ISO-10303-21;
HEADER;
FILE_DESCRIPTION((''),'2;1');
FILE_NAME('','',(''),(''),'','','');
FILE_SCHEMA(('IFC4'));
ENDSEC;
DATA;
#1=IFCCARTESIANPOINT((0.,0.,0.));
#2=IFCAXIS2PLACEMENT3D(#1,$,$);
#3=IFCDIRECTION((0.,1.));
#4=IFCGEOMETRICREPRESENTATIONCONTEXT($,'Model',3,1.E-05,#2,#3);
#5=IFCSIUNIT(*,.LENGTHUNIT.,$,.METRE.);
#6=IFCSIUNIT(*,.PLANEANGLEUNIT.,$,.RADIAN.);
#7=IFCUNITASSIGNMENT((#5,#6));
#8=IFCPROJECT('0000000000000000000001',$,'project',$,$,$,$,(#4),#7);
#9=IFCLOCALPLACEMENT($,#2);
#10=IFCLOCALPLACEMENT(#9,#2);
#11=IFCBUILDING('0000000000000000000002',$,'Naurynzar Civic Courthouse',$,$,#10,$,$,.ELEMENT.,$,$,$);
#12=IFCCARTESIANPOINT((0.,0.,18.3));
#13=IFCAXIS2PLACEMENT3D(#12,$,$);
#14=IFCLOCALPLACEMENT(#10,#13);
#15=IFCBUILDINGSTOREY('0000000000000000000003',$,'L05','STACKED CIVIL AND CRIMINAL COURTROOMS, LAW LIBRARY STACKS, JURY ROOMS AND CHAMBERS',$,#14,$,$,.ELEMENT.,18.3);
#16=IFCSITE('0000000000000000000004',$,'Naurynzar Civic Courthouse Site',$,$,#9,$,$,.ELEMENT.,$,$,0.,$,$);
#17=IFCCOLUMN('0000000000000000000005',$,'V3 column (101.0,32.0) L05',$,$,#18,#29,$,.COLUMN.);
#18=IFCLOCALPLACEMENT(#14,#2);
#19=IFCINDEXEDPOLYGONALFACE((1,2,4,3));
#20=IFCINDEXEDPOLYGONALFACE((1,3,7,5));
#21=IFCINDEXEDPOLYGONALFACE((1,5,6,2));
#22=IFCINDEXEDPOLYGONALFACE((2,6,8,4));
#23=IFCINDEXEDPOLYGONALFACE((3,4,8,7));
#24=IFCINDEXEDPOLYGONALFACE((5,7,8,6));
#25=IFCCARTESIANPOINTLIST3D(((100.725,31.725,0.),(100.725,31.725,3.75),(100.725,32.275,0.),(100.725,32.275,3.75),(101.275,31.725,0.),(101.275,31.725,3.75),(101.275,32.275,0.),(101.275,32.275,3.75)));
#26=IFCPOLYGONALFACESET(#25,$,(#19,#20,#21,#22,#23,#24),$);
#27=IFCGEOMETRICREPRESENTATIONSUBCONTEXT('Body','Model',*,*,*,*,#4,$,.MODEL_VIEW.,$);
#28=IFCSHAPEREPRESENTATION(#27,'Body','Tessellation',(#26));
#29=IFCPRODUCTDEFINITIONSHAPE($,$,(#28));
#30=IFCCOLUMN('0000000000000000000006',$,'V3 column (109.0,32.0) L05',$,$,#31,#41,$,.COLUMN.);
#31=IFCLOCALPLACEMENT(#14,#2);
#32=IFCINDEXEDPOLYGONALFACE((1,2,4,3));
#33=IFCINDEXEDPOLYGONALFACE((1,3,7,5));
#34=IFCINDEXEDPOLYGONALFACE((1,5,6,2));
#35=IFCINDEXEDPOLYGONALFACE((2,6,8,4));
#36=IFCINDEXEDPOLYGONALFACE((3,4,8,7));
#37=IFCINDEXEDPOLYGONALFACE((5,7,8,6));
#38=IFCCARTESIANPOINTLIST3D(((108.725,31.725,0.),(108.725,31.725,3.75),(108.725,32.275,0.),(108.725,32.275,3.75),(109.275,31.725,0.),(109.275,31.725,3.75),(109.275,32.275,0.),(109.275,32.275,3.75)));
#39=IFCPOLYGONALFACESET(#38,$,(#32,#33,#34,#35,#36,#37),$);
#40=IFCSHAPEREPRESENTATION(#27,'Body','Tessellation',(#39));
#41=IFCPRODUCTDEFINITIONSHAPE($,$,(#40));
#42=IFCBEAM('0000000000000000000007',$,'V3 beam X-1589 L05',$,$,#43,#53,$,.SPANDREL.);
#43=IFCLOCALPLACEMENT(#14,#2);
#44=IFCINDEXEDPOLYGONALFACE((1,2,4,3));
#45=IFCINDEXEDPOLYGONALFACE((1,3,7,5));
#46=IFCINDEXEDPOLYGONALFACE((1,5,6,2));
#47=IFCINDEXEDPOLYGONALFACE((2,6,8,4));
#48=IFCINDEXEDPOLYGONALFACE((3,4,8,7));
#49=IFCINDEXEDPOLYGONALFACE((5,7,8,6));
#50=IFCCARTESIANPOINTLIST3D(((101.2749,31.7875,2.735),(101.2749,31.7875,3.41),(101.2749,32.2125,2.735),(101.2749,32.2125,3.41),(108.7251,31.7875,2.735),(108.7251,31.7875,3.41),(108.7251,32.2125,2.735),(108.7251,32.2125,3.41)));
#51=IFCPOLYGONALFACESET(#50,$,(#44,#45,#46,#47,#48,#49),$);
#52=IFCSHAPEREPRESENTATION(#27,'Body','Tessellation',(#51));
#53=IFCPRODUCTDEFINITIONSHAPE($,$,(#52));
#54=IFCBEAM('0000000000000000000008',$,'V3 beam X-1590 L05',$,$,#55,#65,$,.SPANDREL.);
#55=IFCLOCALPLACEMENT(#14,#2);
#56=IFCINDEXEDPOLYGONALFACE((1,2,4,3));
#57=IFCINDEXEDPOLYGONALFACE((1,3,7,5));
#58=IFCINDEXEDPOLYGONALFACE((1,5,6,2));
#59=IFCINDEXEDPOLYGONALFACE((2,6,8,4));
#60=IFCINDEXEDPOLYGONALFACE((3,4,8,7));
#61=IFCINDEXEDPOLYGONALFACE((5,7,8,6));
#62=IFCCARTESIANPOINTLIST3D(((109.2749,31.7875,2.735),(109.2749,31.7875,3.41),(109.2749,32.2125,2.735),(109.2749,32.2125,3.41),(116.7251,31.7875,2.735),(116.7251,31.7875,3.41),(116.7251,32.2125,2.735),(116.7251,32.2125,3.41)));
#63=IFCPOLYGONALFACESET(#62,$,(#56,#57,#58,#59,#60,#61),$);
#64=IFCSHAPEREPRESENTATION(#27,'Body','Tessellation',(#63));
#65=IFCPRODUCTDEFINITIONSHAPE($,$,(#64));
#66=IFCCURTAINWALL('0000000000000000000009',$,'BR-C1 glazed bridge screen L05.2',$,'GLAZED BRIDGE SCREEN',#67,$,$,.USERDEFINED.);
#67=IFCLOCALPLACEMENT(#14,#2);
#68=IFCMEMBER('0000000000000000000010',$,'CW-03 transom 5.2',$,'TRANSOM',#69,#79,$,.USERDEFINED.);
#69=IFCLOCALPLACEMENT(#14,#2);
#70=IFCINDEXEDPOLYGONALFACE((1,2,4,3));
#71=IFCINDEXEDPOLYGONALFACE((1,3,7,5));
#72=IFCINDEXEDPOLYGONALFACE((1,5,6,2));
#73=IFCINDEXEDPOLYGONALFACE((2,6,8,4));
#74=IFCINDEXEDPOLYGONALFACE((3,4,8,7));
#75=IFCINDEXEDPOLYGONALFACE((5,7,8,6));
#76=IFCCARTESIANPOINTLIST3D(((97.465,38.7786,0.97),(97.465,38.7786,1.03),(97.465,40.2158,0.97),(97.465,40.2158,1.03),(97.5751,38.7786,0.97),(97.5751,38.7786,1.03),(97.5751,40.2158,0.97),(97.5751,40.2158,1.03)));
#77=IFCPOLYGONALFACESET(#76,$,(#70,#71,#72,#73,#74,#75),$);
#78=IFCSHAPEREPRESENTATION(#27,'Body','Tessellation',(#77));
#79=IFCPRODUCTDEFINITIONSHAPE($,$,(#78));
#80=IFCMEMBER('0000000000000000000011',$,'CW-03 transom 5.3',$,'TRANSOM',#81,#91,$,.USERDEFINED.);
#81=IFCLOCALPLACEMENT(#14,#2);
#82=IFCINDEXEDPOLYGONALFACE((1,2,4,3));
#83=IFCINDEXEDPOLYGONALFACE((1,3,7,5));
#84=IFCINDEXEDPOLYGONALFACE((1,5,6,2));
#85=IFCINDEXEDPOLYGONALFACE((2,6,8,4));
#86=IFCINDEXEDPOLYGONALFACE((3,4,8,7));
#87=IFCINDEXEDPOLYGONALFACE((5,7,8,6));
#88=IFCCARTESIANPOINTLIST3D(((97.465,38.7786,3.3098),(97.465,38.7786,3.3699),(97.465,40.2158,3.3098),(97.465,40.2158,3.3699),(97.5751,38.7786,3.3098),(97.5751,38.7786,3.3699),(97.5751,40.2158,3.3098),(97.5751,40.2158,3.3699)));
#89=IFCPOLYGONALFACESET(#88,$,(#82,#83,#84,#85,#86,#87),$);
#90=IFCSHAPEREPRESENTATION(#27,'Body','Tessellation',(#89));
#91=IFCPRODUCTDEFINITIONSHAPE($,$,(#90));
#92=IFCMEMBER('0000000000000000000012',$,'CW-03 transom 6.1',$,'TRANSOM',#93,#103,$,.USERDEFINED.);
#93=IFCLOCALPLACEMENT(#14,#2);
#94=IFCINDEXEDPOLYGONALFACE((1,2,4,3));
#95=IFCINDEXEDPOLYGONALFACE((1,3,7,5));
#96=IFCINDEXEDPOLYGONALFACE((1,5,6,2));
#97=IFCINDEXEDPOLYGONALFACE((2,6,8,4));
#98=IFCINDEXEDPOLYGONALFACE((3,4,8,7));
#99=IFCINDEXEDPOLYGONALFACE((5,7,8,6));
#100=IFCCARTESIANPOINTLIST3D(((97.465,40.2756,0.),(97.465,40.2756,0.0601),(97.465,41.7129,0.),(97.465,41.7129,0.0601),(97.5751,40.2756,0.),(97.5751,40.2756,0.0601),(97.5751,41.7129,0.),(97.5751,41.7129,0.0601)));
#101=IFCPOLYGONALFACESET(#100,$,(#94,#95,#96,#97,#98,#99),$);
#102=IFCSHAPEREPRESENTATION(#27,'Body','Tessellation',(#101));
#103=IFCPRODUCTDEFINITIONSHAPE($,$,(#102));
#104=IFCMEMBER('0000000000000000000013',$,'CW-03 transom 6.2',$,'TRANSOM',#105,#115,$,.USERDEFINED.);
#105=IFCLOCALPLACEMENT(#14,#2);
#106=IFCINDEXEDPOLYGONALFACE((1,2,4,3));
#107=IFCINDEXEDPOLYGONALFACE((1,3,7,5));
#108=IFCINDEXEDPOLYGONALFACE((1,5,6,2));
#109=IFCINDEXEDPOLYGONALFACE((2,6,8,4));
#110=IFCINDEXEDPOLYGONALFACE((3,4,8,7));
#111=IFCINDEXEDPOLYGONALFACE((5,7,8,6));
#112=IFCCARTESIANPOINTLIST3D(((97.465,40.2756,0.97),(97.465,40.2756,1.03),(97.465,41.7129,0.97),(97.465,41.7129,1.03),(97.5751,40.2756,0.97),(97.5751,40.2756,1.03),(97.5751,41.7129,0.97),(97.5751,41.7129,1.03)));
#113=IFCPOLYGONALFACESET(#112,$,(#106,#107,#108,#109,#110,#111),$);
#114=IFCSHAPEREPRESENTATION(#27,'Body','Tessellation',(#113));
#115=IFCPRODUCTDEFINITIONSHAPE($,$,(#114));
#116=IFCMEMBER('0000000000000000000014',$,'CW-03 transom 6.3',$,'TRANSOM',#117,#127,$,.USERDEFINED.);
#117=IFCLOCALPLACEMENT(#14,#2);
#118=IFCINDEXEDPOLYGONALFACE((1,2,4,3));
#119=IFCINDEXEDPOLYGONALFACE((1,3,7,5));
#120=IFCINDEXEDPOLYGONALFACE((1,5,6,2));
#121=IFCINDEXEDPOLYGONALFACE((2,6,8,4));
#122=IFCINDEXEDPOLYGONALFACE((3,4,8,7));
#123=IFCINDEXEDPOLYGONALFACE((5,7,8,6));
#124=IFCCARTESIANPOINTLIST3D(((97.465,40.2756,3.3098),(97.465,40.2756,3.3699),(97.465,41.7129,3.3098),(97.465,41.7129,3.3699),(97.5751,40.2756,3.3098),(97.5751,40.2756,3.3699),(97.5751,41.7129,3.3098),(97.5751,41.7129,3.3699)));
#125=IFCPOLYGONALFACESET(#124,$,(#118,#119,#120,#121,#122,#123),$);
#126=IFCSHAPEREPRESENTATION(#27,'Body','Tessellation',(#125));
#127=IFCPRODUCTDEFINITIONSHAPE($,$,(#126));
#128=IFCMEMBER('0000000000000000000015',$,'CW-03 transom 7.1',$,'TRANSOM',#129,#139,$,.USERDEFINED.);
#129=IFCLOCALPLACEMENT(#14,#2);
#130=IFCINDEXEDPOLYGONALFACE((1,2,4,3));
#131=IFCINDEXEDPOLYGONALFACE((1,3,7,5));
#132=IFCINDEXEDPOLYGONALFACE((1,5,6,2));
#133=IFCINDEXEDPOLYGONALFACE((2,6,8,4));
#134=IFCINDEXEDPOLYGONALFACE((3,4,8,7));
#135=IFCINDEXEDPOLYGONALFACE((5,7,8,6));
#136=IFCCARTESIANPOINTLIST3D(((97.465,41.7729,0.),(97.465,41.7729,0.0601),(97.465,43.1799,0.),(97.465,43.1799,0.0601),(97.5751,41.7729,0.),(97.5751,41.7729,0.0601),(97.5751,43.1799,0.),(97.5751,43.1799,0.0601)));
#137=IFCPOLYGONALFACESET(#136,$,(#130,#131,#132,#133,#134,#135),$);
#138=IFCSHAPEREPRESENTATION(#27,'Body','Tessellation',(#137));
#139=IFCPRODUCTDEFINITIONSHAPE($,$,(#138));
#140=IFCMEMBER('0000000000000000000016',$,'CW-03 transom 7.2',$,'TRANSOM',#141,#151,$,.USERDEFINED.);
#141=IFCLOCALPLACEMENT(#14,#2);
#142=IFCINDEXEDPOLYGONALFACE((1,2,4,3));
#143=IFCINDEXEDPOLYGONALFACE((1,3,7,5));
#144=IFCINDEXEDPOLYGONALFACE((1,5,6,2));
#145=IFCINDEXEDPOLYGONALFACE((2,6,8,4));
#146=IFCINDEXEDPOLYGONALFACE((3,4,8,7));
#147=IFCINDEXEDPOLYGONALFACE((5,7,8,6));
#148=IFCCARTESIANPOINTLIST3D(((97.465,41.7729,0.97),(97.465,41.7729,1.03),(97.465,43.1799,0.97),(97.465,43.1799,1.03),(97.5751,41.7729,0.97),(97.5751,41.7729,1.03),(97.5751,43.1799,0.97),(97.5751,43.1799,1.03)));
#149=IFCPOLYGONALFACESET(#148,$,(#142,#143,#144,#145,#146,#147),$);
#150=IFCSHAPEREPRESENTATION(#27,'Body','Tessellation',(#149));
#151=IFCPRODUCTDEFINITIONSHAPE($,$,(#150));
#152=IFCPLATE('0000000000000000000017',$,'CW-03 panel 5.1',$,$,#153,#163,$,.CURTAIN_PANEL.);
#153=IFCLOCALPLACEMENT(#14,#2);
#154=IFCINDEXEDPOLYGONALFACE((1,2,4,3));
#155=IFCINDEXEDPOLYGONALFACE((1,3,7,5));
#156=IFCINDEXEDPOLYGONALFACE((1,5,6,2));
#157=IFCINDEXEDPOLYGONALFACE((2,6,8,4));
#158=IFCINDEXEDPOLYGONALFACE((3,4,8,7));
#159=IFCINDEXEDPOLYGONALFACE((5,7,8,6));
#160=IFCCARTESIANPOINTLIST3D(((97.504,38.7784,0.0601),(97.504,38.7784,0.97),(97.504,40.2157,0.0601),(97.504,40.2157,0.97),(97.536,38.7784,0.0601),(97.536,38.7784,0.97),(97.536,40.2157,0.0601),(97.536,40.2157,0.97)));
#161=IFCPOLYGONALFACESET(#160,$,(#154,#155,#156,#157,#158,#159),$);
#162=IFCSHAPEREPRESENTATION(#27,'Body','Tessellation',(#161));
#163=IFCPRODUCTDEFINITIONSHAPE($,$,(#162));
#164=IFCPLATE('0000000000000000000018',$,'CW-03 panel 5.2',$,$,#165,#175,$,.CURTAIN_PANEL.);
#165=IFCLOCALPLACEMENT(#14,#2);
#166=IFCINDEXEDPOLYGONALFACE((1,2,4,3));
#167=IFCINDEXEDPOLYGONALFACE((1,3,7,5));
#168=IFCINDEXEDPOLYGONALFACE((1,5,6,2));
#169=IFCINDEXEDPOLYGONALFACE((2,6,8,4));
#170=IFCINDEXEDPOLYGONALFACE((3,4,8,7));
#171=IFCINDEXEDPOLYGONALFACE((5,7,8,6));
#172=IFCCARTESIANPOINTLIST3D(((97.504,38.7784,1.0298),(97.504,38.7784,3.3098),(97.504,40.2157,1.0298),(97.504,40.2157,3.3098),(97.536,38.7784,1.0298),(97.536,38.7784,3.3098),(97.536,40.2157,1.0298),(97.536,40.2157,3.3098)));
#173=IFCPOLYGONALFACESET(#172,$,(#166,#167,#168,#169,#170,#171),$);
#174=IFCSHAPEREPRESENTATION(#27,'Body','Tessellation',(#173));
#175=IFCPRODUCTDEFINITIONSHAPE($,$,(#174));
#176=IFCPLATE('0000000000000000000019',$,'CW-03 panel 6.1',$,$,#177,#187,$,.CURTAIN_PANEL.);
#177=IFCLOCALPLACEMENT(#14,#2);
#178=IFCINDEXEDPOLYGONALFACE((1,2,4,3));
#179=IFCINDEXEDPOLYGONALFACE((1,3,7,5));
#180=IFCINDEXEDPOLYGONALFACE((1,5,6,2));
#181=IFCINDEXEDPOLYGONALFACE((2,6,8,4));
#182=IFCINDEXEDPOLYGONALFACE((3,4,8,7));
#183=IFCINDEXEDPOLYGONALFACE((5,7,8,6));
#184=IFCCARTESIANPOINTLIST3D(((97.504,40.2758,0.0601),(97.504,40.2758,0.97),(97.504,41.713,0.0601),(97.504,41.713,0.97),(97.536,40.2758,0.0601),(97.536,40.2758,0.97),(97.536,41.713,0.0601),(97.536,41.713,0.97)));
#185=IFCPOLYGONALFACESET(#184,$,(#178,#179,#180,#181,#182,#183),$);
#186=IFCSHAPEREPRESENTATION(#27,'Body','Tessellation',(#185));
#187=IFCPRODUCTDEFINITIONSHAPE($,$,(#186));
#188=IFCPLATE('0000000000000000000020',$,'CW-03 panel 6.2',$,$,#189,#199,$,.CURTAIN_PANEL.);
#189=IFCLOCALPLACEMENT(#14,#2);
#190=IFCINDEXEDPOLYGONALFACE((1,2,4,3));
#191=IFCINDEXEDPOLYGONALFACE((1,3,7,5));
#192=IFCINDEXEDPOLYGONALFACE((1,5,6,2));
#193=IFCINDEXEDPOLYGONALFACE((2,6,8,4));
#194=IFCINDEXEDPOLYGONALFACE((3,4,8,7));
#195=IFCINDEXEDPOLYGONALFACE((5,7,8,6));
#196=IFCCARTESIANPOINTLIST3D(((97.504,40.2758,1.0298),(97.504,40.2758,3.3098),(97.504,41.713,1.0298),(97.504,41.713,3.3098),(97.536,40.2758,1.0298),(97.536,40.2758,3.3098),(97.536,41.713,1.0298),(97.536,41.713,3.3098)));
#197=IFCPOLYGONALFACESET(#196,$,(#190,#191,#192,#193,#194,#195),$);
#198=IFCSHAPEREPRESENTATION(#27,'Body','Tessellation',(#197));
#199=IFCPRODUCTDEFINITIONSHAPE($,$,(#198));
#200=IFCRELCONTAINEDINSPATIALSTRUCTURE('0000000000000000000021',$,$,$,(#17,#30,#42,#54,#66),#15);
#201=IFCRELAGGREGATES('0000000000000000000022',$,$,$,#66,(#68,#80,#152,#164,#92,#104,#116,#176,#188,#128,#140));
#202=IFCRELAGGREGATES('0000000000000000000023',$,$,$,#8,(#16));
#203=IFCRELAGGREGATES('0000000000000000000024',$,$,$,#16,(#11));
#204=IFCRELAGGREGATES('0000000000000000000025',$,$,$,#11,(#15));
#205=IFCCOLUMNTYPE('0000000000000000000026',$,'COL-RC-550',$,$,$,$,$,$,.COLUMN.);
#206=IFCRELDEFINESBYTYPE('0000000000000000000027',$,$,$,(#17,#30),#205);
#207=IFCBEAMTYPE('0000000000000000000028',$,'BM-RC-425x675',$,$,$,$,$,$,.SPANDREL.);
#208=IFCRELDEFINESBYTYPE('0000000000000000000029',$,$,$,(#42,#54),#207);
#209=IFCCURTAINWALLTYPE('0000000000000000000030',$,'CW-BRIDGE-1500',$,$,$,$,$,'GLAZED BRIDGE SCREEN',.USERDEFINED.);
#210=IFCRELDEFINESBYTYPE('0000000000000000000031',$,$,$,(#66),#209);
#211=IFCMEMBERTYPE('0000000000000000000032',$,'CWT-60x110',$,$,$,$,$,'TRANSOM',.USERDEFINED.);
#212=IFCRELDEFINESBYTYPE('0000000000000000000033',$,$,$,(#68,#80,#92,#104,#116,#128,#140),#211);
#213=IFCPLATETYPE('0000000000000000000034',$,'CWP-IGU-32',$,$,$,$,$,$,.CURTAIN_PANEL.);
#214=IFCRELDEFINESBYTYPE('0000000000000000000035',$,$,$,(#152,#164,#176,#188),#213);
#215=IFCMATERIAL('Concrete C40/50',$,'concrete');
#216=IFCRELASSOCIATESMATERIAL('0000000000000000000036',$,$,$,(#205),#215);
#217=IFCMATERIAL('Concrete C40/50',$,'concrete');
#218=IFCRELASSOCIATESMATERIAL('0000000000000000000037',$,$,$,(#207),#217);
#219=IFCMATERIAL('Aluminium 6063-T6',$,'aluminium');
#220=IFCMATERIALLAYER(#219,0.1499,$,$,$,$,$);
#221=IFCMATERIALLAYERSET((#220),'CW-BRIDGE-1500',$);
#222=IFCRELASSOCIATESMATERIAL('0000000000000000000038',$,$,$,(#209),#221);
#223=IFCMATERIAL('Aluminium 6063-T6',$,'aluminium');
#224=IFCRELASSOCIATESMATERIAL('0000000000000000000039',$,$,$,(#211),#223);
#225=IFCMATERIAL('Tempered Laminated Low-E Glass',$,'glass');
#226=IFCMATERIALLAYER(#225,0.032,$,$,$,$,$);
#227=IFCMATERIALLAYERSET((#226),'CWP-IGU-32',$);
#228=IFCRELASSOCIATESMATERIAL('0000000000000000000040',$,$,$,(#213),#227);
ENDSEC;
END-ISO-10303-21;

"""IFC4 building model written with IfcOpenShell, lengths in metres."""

from ifc_helpers import new_model, si_unit, direction, frame, origin, origin_2d, place, context, subcontext, project, spatial, rectangle, extrude, material, layer, layer_set, material_profile, profile_set, type_object, element, aggregate, save


model = new_model("IFC4")

# Units and contexts
model_context = context("Model", 3, precision=1e-05, world=origin(), true_north=direction((0.0, 1.0)))
body_context = subcontext(model_context, "Body", "Model", "MODEL_VIEW")
ifc_project = project(units=[si_unit("LENGTHUNIT", "METRE"), si_unit("PLANEANGLEUNIT", "RADIAN")], contexts=[model_context])

# Site, building, storey
site_placement = place(None, origin())
site = spatial("IfcSite", under=ifc_project, at=site_placement, Name="Naurynzar Civic Courthouse Site", CompositionType="ELEMENT", RefElevation=0.0)
building_placement = place(site_placement, origin())
building = spatial("IfcBuilding", under=site, at=building_placement, Name="Naurynzar Civic Courthouse", CompositionType="ELEMENT")
storey_placement = place(building_placement, frame((0.0, 0.0, 18.3)))
storey = spatial("IfcBuildingStorey", under=building, at=storey_placement, Name="L05", Description="STACKED CIVIL AND CRIMINAL COURTROOMS, LAW LIBRARY STACKS, JURY ROOMS AND CHAMBERS", CompositionType="ELEMENT", Elevation=18.3)

# Columns
ifc_material_1 = material(Name="Concrete C40/50", Category="concrete")
ifc_material_profile_1 = material_profile(ifc_material_1, rectangle(XDim=0.55, YDim=0.55, at=origin_2d()), Name="RC 550x550")
ifc_profile_set_1 = profile_set([ifc_material_profile_1], Name="Concrete C40/50")
column_type = type_object("IfcColumnType", Name="COL-RC-550", PredefinedType="COLUMN", material=ifc_profile_set_1)
for number, where, z_axis, x_axis, name in (
    (1, (101.0, 32.0, 0.0), (0.0, 0.0, 1.0), (1.0, 0.0, 0.0), "V3 column (101.0,32.0) L05"),
    (2, (109.0, 32.0, 0.0), (0.0, 0.0, 1.0), (1.0, 0.0, 0.0), "V3 column (109.0,32.0) L05"),
):
    element("IfcColumn", number, at=place(storey_placement, frame(where, z_axis=z_axis, x_axis=x_axis)), inside=storey, type_object=column_type, Name=name, PredefinedType="COLUMN", context=body_context, shape_type="SweptSolid", body=[
        extrude(rectangle(XDim=0.55, YDim=0.55, at=origin_2d()), origin(), (0.0, 0.0, 1.0), 3.75),
    ])

# Beams
ifc_material_2 = material(Name="Concrete C40/50", Category="concrete")
ifc_material_profile_2 = material_profile(ifc_material_2, rectangle(XDim=0.425, YDim=0.675, at=origin_2d()), Name="RCB 425x675")
ifc_profile_set_2 = profile_set([ifc_material_profile_2], Name="Concrete C40/50")
beam_type = type_object("IfcBeamType", Name="BM-RC-425x675", PredefinedType="SPANDREL", material=ifc_profile_set_2)
for number, where, z_axis, x_axis, name in (
    (3, (101.2749, 32.0, 3.0725), (1.0, 0.0, 0.0), (0.0, 1.0, 0.0), "V3 beam X-1589 L05"),
    (4, (109.2749, 32.0, 3.0725), (1.0, 0.0, 0.0), (0.0, 1.0, 0.0), "V3 beam X-1590 L05"),
):
    element("IfcBeam", number, at=place(storey_placement, frame(where, z_axis=z_axis, x_axis=x_axis)), inside=storey, type_object=beam_type, Name=name, PredefinedType="SPANDREL", context=body_context, shape_type="SweptSolid", body=[
        extrude(rectangle(XDim=0.425, YDim=0.675, at=origin_2d()), origin(), (0.0, 0.0, 1.0), 7.4502),
    ])

# Curtain wall, members, plates
ifc_material_3 = material(Name="Aluminium 6063-T6", Category="aluminium")
ifc_layer_1 = layer(ifc_material_3, 0.1499)
ifc_layer_set_1 = layer_set([ifc_layer_1], Name="CW-BRIDGE-1500")
curtain_wall_type = type_object("IfcCurtainWallType", Name="CW-BRIDGE-1500", ElementType="GLAZED BRIDGE SCREEN", PredefinedType="USERDEFINED", material=ifc_layer_set_1)
curtain_wall_placement = place(storey_placement, origin())
curtain_wall = element("IfcCurtainWall", 5, at=curtain_wall_placement, inside=storey, type_object=curtain_wall_type, Name="BR-C1 glazed bridge screen L05.2", ObjectType="GLAZED BRIDGE SCREEN", PredefinedType="USERDEFINED")
ifc_material_4 = material(Name="Aluminium 6063-T6", Category="aluminium")
ifc_material_profile_3 = material_profile(ifc_material_4, rectangle(XDim=0.1101, YDim=0.0601, at=origin_2d()), Name="ALU TRANSOM 60x110")
ifc_profile_set_3 = profile_set([ifc_material_profile_3], Name="Aluminium 6063-T6")
member_type = type_object("IfcMemberType", Name="CWT-60x110", ElementType="TRANSOM", PredefinedType="USERDEFINED", material=ifc_profile_set_3)
member_1_placement = place(storey_placement, frame((97.52, 38.7786, 1.0), z_axis=(0.0, 1.0, 0.0), x_axis=(-1.0, 0.0, 0.0)))
member_1 = element("IfcMember", 6, at=member_1_placement, type_object=member_type, Name="CW-03 transom 5.2", ObjectType="TRANSOM", PredefinedType="USERDEFINED", context=body_context, shape_type="SweptSolid", body=[
    extrude(rectangle(XDim=0.1101, YDim=0.0601, at=origin_2d()), origin(), (0.0, 0.0, 1.0), 1.4373),
])
member_2_placement = place(storey_placement, frame((97.52, 38.7786, 3.3398), z_axis=(0.0, 1.0, 0.0), x_axis=(-1.0, 0.0, 0.0)))
member_2 = element("IfcMember", 7, at=member_2_placement, type_object=member_type, Name="CW-03 transom 5.3", ObjectType="TRANSOM", PredefinedType="USERDEFINED", context=body_context, shape_type="SweptSolid", body=[
    extrude(rectangle(XDim=0.1101, YDim=0.0601, at=origin_2d()), origin(), (0.0, 0.0, 1.0), 1.4373),
])
member_3_placement = place(storey_placement, frame((97.52, 40.2756, 0.03), z_axis=(0.0, 1.0, 0.0), x_axis=(-1.0, 0.0, 0.0)))
member_3 = element("IfcMember", 8, at=member_3_placement, type_object=member_type, Name="CW-03 transom 6.1", ObjectType="TRANSOM", PredefinedType="USERDEFINED", context=body_context, shape_type="SweptSolid", body=[
    extrude(rectangle(XDim=0.1101, YDim=0.0601, at=origin_2d()), origin(), (0.0, 0.0, 1.0), 1.4373),
])
member_4_placement = place(storey_placement, frame((97.52, 40.2756, 1.0), z_axis=(0.0, 1.0, 0.0), x_axis=(-1.0, 0.0, 0.0)))
member_4 = element("IfcMember", 9, at=member_4_placement, type_object=member_type, Name="CW-03 transom 6.2", ObjectType="TRANSOM", PredefinedType="USERDEFINED", context=body_context, shape_type="SweptSolid", body=[
    extrude(rectangle(XDim=0.1101, YDim=0.0601, at=origin_2d()), origin(), (0.0, 0.0, 1.0), 1.4373),
])
member_5_placement = place(storey_placement, frame((97.52, 40.2756, 3.3398), z_axis=(0.0, 1.0, 0.0), x_axis=(-1.0, 0.0, 0.0)))
member_5 = element("IfcMember", 10, at=member_5_placement, type_object=member_type, Name="CW-03 transom 6.3", ObjectType="TRANSOM", PredefinedType="USERDEFINED", context=body_context, shape_type="SweptSolid", body=[
    extrude(rectangle(XDim=0.1101, YDim=0.0601, at=origin_2d()), origin(), (0.0, 0.0, 1.0), 1.4373),
])
member_6_placement = place(storey_placement, frame((97.52, 41.7729, 0.03), z_axis=(0.0, 1.0, 0.0), x_axis=(-1.0, 0.0, 0.0)))
member_6 = element("IfcMember", 11, at=member_6_placement, type_object=member_type, Name="CW-03 transom 7.1", ObjectType="TRANSOM", PredefinedType="USERDEFINED", context=body_context, shape_type="SweptSolid", body=[
    extrude(rectangle(XDim=0.1101, YDim=0.0601, at=origin_2d()), origin(), (0.0, 0.0, 1.0), 1.407),
])
member_7_placement = place(storey_placement, frame((97.52, 41.7729, 1.0), z_axis=(0.0, 1.0, 0.0), x_axis=(-1.0, 0.0, 0.0)))
member_7 = element("IfcMember", 12, at=member_7_placement, type_object=member_type, Name="CW-03 transom 7.2", ObjectType="TRANSOM", PredefinedType="USERDEFINED", context=body_context, shape_type="SweptSolid", body=[
    extrude(rectangle(XDim=0.1101, YDim=0.0601, at=origin_2d()), origin(), (0.0, 0.0, 1.0), 1.407),
])
ifc_material_5 = material(Name="Tempered Laminated Low-E Glass", Category="glass")
ifc_layer_2 = layer(ifc_material_5, 0.032)
ifc_layer_set_2 = layer_set([ifc_layer_2], Name="CWP-IGU-32")
plate_type = type_object("IfcPlateType", Name="CWP-IGU-32", PredefinedType="CURTAIN_PANEL", material=ifc_layer_set_2)
plate_1_placement = place(storey_placement, frame((97.52, 39.4971, 0.0601), z_axis=(0.0, 0.0, 1.0), x_axis=(0.0, 1.0, 0.0)))
plate_1 = element("IfcPlate", 13, at=plate_1_placement, type_object=plate_type, Name="CW-03 panel 5.1", PredefinedType="CURTAIN_PANEL", context=body_context, shape_type="SweptSolid", body=[
    extrude(rectangle(XDim=1.4373, YDim=0.032, at=origin_2d()), origin(), (0.0, 0.0, 1.0), 0.9099),
])
plate_2_placement = place(storey_placement, frame((97.52, 39.4971, 1.0298), z_axis=(0.0, 0.0, 1.0), x_axis=(0.0, 1.0, 0.0)))
plate_2 = element("IfcPlate", 14, at=plate_2_placement, type_object=plate_type, Name="CW-03 panel 5.2", PredefinedType="CURTAIN_PANEL", context=body_context, shape_type="SweptSolid", body=[
    extrude(rectangle(XDim=1.4373, YDim=0.032, at=origin_2d()), origin(), (0.0, 0.0, 1.0), 2.28),
])
plate_3_placement = place(storey_placement, frame((97.52, 40.9944, 0.0601), z_axis=(0.0, 0.0, 1.0), x_axis=(0.0, 1.0, 0.0)))
plate_3 = element("IfcPlate", 15, at=plate_3_placement, type_object=plate_type, Name="CW-03 panel 6.1", PredefinedType="CURTAIN_PANEL", context=body_context, shape_type="SweptSolid", body=[
    extrude(rectangle(XDim=1.4373, YDim=0.032, at=origin_2d()), origin(), (0.0, 0.0, 1.0), 0.9099),
])
plate_4_placement = place(storey_placement, frame((97.52, 40.9944, 1.0298), z_axis=(0.0, 0.0, 1.0), x_axis=(0.0, 1.0, 0.0)))
plate_4 = element("IfcPlate", 16, at=plate_4_placement, type_object=plate_type, Name="CW-03 panel 6.2", PredefinedType="CURTAIN_PANEL", context=body_context, shape_type="SweptSolid", body=[
    extrude(rectangle(XDim=1.4373, YDim=0.032, at=origin_2d()), origin(), (0.0, 0.0, 1.0), 2.28),
])
aggregate(curtain_wall, [member_1, member_2, plate_1, plate_2, member_3, member_4, member_5, plate_3, plate_4, member_6, member_7])

save(model, "model.ifc")
